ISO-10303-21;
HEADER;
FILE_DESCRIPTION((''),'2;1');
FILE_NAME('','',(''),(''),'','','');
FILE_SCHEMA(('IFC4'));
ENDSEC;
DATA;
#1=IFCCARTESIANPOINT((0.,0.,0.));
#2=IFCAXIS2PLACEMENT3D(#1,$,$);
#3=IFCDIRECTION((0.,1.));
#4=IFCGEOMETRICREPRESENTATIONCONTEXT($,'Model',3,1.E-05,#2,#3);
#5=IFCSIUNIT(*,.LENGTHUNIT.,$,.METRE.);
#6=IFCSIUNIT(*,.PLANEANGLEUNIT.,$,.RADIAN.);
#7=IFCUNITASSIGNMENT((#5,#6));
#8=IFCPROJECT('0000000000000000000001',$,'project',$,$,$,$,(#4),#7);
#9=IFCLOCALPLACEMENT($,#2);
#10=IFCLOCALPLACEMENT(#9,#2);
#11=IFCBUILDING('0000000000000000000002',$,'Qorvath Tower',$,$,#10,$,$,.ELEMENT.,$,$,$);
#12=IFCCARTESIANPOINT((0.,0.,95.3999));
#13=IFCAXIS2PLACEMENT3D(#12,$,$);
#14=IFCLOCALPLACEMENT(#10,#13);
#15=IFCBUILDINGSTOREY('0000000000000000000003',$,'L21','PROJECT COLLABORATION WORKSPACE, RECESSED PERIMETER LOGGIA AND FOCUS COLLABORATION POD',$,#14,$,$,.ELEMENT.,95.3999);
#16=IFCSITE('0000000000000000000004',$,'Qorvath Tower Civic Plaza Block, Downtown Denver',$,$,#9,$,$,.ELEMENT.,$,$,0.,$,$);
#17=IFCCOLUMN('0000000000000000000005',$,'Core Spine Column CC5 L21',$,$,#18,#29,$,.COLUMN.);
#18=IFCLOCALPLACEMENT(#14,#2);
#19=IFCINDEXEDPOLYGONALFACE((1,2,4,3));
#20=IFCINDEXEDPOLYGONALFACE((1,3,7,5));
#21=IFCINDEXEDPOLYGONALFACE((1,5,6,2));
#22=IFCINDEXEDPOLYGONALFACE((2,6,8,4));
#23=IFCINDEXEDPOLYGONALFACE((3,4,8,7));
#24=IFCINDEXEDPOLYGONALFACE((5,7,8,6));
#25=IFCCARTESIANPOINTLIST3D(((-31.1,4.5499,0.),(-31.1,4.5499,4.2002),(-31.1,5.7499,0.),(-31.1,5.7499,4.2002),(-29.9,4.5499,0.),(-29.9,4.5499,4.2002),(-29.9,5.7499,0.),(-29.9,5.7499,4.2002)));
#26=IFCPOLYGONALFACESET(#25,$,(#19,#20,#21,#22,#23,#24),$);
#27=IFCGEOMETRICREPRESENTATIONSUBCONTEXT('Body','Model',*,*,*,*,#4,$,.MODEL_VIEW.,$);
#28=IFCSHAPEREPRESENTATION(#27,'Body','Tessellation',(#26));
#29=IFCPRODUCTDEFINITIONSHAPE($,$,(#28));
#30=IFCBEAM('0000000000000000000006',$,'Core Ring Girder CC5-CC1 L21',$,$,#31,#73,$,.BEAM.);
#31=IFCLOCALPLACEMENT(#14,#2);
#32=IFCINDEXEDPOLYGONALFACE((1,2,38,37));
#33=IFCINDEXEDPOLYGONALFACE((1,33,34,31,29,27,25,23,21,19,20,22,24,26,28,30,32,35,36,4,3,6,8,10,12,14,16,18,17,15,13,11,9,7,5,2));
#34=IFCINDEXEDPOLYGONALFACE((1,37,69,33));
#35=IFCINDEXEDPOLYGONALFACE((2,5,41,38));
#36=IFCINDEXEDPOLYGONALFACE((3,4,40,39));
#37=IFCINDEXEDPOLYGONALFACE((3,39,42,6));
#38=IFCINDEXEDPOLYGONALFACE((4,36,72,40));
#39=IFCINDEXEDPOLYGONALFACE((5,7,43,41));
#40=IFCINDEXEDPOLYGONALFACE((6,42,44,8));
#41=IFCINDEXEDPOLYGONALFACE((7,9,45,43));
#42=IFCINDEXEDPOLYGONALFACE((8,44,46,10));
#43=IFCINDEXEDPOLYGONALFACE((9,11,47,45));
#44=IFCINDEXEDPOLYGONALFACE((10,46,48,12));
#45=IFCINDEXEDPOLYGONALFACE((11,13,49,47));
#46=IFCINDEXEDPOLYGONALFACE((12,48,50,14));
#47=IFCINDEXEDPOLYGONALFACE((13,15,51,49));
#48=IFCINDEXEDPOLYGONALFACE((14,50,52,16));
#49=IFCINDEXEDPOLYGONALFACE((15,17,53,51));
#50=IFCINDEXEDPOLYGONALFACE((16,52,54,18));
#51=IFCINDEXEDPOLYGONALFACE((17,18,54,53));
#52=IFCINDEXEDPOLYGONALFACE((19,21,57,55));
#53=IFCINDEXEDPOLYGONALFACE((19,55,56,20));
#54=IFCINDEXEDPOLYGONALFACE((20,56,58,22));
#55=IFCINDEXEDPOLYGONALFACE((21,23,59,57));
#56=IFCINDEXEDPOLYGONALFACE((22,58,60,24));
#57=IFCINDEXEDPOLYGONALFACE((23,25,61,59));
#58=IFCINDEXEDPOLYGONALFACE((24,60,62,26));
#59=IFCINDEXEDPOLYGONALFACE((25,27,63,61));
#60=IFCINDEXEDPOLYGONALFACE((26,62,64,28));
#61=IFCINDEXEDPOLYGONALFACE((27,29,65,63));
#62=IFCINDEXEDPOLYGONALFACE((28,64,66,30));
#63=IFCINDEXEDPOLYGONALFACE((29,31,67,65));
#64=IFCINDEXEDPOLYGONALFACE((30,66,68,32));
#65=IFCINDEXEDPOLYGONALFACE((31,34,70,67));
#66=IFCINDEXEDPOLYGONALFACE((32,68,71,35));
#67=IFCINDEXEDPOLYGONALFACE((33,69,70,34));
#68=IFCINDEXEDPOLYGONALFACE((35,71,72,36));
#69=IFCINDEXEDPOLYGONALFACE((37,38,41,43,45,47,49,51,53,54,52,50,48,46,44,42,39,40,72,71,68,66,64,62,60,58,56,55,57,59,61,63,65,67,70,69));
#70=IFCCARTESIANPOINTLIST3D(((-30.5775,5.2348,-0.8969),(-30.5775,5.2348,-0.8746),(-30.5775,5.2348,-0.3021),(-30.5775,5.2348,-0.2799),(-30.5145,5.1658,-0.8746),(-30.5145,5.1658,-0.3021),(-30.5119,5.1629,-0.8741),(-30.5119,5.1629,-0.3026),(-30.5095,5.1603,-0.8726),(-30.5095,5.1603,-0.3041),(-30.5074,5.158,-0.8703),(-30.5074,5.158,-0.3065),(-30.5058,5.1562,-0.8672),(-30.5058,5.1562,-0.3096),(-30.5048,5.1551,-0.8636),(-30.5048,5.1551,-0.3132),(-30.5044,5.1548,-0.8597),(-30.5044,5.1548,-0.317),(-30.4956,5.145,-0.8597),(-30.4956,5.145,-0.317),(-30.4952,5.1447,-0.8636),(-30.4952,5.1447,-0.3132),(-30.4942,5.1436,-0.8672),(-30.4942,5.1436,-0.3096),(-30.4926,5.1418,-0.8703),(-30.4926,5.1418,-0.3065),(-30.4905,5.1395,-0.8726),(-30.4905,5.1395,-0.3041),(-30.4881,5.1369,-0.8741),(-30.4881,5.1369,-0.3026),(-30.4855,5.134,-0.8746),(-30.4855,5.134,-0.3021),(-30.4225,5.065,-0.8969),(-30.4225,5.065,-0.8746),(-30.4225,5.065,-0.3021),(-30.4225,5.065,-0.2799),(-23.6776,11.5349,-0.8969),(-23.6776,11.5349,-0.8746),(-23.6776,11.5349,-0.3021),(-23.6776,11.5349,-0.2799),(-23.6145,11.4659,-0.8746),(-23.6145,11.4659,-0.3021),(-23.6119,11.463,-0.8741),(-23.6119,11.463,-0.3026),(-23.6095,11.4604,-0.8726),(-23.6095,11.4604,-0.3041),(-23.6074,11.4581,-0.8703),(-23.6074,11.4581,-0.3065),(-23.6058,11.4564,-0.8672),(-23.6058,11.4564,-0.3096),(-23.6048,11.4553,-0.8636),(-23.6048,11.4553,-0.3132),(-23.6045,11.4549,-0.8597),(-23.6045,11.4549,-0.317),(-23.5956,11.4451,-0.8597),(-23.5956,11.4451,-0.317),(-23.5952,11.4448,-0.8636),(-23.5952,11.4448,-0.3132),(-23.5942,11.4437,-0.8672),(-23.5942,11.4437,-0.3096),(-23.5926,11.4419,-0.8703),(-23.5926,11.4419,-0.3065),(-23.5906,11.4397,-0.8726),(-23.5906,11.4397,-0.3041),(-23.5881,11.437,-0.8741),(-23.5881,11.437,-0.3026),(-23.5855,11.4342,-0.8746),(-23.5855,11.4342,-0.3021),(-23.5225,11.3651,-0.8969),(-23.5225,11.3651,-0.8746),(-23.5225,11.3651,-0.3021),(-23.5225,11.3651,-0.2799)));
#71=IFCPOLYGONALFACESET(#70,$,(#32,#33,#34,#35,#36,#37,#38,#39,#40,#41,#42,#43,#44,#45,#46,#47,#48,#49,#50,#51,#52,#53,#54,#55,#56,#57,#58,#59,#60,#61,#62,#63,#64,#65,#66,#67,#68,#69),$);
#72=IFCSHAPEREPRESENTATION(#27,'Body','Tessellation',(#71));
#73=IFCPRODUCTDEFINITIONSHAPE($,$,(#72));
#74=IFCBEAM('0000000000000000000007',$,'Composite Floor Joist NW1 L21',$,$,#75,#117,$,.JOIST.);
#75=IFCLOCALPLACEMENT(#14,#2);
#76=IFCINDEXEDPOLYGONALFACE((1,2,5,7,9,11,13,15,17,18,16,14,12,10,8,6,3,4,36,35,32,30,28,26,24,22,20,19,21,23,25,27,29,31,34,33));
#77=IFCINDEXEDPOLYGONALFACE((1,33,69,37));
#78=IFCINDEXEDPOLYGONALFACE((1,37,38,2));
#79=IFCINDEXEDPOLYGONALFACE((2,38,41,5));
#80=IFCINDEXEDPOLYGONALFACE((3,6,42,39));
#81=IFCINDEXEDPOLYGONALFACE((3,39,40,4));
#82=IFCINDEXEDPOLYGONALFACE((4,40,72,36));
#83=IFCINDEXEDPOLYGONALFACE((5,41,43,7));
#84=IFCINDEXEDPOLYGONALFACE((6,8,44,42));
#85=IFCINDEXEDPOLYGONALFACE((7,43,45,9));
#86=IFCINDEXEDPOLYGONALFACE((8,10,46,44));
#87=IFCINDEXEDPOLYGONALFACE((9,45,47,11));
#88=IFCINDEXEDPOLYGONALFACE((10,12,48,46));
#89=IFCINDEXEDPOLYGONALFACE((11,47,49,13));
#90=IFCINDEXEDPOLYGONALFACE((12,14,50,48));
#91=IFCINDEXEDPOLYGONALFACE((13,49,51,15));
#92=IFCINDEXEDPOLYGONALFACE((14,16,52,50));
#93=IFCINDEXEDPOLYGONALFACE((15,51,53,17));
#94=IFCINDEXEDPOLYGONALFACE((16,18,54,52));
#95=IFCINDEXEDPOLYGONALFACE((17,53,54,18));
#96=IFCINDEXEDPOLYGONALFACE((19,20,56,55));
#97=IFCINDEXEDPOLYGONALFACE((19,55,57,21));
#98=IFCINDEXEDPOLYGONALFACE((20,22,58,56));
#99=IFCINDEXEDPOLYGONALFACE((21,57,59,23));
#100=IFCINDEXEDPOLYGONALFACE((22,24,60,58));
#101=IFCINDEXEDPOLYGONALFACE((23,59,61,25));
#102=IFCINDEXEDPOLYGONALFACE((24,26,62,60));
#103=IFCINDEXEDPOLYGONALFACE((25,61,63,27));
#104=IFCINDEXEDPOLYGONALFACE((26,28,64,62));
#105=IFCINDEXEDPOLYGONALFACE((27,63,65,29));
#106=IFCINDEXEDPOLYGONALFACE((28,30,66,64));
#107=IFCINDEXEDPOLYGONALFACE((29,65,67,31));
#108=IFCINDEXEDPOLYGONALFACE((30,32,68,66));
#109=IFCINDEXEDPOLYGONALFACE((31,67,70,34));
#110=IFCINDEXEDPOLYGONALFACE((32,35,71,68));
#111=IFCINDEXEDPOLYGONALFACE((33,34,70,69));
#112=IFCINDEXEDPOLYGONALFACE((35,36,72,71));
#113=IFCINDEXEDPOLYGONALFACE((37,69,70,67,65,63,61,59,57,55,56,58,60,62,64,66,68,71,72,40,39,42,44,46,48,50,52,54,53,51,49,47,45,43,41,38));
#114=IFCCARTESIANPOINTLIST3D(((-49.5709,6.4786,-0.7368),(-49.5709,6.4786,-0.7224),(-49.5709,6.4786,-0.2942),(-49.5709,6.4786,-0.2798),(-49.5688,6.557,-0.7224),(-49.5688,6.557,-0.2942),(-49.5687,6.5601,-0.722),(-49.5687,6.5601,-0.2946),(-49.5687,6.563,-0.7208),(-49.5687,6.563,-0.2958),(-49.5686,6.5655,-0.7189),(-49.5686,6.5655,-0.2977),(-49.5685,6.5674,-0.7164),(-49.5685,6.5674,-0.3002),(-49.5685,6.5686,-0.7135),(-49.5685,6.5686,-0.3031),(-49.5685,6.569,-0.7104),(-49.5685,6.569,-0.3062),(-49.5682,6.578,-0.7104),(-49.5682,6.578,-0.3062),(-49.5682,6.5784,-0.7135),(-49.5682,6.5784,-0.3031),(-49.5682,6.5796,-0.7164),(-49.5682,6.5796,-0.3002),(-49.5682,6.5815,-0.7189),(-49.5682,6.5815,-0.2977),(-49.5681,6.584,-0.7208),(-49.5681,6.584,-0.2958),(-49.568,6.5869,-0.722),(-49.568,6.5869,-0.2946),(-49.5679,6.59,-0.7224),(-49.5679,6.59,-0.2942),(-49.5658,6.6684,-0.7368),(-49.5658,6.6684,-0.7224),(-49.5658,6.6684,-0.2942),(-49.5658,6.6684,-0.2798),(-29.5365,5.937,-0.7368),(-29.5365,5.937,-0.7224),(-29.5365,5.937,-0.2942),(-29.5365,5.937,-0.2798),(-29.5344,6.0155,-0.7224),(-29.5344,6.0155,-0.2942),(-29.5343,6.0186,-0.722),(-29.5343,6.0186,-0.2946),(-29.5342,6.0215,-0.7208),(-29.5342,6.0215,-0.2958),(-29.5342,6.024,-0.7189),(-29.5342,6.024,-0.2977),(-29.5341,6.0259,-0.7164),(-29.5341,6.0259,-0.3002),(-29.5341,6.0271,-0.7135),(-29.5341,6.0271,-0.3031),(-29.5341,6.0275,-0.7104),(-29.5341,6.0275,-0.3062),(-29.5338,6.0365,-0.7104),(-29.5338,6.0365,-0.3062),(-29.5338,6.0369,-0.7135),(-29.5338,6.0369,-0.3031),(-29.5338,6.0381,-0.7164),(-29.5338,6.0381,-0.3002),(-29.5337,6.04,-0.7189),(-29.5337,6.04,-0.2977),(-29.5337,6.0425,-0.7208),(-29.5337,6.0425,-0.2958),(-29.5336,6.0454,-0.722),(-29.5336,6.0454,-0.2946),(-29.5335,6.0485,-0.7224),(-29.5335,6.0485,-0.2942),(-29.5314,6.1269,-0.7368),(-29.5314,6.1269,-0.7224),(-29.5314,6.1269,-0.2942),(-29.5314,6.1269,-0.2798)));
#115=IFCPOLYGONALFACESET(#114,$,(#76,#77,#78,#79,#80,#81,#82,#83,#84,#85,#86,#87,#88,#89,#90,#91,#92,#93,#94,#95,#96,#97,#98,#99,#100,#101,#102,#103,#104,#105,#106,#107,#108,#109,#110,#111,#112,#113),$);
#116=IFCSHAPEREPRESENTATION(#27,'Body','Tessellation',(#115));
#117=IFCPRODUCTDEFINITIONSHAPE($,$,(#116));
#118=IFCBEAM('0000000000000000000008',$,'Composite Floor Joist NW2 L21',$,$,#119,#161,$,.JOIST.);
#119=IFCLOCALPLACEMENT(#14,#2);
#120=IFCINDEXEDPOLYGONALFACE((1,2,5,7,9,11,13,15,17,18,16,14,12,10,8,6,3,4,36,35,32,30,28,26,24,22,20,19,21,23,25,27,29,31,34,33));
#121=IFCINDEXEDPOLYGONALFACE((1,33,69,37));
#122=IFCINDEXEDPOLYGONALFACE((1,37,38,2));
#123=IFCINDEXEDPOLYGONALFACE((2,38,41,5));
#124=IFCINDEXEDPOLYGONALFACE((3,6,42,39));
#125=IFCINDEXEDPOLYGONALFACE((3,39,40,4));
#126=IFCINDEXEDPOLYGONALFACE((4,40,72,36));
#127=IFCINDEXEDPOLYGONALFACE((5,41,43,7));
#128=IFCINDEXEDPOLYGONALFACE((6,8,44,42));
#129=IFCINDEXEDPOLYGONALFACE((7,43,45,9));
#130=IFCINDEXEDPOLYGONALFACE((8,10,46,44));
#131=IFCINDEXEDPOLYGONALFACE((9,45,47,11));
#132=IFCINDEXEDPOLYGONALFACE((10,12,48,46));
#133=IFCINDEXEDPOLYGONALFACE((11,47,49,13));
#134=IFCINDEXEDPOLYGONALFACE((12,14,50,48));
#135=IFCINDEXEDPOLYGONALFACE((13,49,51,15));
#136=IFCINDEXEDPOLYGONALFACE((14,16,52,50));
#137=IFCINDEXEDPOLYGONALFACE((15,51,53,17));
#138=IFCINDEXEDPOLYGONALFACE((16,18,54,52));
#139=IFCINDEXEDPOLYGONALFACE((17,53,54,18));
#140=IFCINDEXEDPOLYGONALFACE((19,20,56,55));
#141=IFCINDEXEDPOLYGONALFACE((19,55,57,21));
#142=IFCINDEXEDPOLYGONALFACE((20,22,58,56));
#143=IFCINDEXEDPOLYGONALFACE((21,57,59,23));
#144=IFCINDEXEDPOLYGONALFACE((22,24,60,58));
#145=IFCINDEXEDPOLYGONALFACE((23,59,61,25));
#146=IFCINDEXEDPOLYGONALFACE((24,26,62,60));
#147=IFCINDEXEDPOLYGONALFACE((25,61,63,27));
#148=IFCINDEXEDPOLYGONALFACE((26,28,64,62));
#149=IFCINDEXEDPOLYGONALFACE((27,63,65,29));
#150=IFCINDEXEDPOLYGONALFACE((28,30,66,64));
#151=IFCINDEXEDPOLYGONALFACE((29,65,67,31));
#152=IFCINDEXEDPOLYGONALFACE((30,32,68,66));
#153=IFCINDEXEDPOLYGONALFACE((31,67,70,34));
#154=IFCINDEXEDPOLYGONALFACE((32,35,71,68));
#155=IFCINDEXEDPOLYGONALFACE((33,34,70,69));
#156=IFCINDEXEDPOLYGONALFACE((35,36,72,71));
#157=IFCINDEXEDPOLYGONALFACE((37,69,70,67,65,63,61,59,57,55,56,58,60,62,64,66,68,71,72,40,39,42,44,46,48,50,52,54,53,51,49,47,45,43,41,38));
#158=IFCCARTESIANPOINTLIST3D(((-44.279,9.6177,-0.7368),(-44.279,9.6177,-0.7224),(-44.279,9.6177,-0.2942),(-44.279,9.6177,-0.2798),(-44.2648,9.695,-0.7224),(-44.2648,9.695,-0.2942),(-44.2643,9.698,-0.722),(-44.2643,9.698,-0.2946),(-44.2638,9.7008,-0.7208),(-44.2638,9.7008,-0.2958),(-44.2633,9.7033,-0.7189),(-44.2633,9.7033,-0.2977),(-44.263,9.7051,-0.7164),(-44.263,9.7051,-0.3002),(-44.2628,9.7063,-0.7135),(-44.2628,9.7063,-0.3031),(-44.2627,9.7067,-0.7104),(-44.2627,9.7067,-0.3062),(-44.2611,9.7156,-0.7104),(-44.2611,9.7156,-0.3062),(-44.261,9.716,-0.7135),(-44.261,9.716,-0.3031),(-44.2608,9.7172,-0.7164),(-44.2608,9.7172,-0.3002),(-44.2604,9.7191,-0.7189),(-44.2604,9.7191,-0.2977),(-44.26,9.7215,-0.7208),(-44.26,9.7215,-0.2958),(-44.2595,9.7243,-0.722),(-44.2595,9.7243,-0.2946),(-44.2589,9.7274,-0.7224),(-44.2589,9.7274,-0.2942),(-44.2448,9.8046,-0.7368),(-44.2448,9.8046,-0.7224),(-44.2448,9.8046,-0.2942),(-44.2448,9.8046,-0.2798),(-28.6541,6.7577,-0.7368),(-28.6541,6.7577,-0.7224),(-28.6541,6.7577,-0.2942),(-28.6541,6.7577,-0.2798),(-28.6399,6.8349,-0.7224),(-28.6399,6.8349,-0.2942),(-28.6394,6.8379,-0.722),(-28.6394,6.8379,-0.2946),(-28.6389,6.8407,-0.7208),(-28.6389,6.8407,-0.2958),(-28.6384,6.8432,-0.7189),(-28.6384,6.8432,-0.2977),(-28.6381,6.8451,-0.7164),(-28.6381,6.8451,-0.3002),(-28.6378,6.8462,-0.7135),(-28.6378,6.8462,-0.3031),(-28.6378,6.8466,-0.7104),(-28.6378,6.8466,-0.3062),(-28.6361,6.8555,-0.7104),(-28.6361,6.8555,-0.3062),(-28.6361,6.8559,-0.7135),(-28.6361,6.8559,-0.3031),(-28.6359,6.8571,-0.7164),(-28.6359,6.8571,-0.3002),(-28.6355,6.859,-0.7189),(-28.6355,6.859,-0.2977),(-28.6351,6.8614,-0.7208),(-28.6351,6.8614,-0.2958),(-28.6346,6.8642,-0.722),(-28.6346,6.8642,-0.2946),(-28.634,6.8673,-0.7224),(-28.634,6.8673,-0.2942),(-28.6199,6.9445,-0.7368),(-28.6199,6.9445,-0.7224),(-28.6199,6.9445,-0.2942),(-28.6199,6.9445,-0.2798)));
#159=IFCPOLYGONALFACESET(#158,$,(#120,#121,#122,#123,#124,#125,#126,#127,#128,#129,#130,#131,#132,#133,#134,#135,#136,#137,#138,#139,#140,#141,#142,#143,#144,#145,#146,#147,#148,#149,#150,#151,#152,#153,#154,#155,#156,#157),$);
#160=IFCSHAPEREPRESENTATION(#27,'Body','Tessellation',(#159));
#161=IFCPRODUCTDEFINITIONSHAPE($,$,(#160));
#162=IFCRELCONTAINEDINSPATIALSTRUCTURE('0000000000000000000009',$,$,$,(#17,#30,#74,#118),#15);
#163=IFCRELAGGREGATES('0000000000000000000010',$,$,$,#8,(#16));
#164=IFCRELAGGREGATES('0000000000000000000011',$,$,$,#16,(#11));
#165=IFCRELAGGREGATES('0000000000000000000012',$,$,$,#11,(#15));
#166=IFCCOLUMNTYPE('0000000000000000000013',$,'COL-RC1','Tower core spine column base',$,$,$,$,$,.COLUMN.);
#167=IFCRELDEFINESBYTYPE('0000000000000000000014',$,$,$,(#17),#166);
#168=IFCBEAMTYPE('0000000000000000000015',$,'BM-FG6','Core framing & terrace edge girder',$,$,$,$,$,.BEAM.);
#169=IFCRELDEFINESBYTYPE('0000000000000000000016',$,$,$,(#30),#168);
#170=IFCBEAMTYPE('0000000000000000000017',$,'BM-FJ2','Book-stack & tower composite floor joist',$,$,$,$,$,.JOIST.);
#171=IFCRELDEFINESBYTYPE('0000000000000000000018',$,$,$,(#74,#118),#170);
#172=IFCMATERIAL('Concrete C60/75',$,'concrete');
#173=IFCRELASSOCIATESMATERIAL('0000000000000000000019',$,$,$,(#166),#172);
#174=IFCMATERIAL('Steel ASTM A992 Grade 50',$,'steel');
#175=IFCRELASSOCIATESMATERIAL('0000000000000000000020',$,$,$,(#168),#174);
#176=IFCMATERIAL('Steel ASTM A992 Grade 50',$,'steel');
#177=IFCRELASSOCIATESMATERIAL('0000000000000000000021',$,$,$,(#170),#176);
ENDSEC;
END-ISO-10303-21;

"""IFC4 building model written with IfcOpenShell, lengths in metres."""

from ifc_helpers import new_model, si_unit, direction, frame, origin, origin_2d, place, context, subcontext, project, spatial, rectangle, i_section, extrude, material, material_profile, profile_set, type_object, element, save


model = new_model("IFC4")

# Units and contexts
model_context = context("Model", 3, precision=1e-05, world=origin(), true_north=direction((0.0, 1.0)))
body_context = subcontext(model_context, "Body", "Model", "MODEL_VIEW")
ifc_project = project(units=[si_unit("LENGTHUNIT", "METRE"), si_unit("PLANEANGLEUNIT", "RADIAN")], contexts=[model_context])

# Site, building, storey
site_placement = place(None, origin())
site = spatial("IfcSite", under=ifc_project, at=site_placement, Name="Qorvath Tower Civic Plaza Block, Downtown Denver", CompositionType="ELEMENT", RefElevation=0.0)
building_placement = place(site_placement, origin())
building = spatial("IfcBuilding", under=site, at=building_placement, Name="Qorvath Tower", CompositionType="ELEMENT")
storey_placement = place(building_placement, frame((0.0, 0.0, 95.3999)))
storey = spatial("IfcBuildingStorey", under=building, at=storey_placement, Name="L21", Description="PROJECT COLLABORATION WORKSPACE, RECESSED PERIMETER LOGGIA AND FOCUS COLLABORATION POD", CompositionType="ELEMENT", Elevation=95.3999)

# Column
ifc_material_1 = material(Name="Concrete C60/75", Category="concrete")
ifc_material_profile_1 = material_profile(ifc_material_1, rectangle(XDim=1.2, YDim=1.2, at=origin_2d()), Name="RC 1200x1200")
ifc_profile_set_1 = profile_set([ifc_material_profile_1], Name="Concrete C60/75")
column_type = type_object("IfcColumnType", Name="COL-RC1", Description="Tower core spine column base", PredefinedType="COLUMN", material=ifc_profile_set_1)
column_placement = place(storey_placement, frame((-30.5, 5.1499, 0.0), z_axis=(0.0, 0.0, 1.0), x_axis=(1.0, 0.0, 0.0)))
element("IfcColumn", 1, at=column_placement, inside=storey, type_object=column_type, Name="Core Spine Column CC5 L21", PredefinedType="COLUMN", context=body_context, shape_type="SweptSolid", body=[
    extrude(rectangle(XDim=1.2, YDim=1.2, at=origin_2d()), origin(), (0.0, 0.0, 1.0), 4.2002),
])

# Beams
ifc_material_2 = material(Name="Steel ASTM A992 Grade 50", Category="steel")
ifc_material_profile_2 = material_profile(ifc_material_2, i_section(OverallWidth=0.23, OverallDepth=0.6169, WebThickness=0.0132, FlangeThickness=0.0222, FilletRadius=0.0149, at=origin_2d()), Name="W24x94")
ifc_profile_set_2 = profile_set([ifc_material_profile_2], Name="Steel ASTM A992 Grade 50")
beam_type_1 = type_object("IfcBeamType", Name="BM-FG6", Description="Core framing & terrace edge girder", PredefinedType="BEAM", material=ifc_profile_set_2)
beam_1_placement = place(storey_placement, frame((-30.5, 5.1499, -0.5884), z_axis=(0.738478, 0.674277, 0.0), x_axis=(-0.674277, 0.738478, 0.0)))
element("IfcBeam", 2, at=beam_1_placement, inside=storey, type_object=beam_type_1, Name="Core Ring Girder CC5-CC1 L21", PredefinedType="BEAM", context=body_context, shape_type="SweptSolid", body=[
    extrude(i_section(OverallWidth=0.23, OverallDepth=0.6169, WebThickness=0.0132, FlangeThickness=0.0222, FilletRadius=0.0149, at=origin_2d()), origin(), (0.0, 0.0, 1.0), 9.3435),
])
ifc_material_3 = material(Name="Steel ASTM A992 Grade 50", Category="steel")
ifc_material_profile_3 = material_profile(ifc_material_3, i_section(OverallWidth=0.1899, OverallDepth=0.457, WebThickness=0.009, FlangeThickness=0.0144, FilletRadius=0.012, at=origin_2d()), Name="W18x50")
ifc_profile_set_3 = profile_set([ifc_material_profile_3], Name="Steel ASTM A992 Grade 50")
beam_type_2 = type_object("IfcBeamType", Name="BM-FJ2", Description="Book-stack & tower composite floor joist", PredefinedType="JOIST", material=ifc_profile_set_3)
beam_2_placement = place(storey_placement, frame((-29.5339, 6.032, -0.5083), z_axis=(-0.999635, 0.027019, 0.0), x_axis=(-0.027019, -0.999635, 0.0)))
element("IfcBeam", 3, at=beam_2_placement, inside=storey, type_object=beam_type_2, Name="Composite Floor Joist NW1 L21", PredefinedType="JOIST", context=body_context, shape_type="SweptSolid", body=[
    extrude(i_section(OverallWidth=0.1899, OverallDepth=0.457, WebThickness=0.009, FlangeThickness=0.0144, FilletRadius=0.012, at=origin_2d()), origin(), (0.0, 0.0, 1.0), 20.0417),
])
beam_3_placement = place(storey_placement, frame((-28.637, 6.8511, -0.5083), z_axis=(-0.983656, 0.180055, 0.0), x_axis=(-0.180055, -0.983656, 0.0)))
element("IfcBeam", 4, at=beam_3_placement, inside=storey, type_object=beam_type_2, Name="Composite Floor Joist NW2 L21", PredefinedType="JOIST", context=body_context, shape_type="SweptSolid", body=[
    extrude(i_section(OverallWidth=0.1899, OverallDepth=0.457, WebThickness=0.009, FlangeThickness=0.0144, FilletRadius=0.012, at=origin_2d()), origin(), (0.0, 0.0, 1.0), 15.8845),
])

save(model, "model.ifc")
